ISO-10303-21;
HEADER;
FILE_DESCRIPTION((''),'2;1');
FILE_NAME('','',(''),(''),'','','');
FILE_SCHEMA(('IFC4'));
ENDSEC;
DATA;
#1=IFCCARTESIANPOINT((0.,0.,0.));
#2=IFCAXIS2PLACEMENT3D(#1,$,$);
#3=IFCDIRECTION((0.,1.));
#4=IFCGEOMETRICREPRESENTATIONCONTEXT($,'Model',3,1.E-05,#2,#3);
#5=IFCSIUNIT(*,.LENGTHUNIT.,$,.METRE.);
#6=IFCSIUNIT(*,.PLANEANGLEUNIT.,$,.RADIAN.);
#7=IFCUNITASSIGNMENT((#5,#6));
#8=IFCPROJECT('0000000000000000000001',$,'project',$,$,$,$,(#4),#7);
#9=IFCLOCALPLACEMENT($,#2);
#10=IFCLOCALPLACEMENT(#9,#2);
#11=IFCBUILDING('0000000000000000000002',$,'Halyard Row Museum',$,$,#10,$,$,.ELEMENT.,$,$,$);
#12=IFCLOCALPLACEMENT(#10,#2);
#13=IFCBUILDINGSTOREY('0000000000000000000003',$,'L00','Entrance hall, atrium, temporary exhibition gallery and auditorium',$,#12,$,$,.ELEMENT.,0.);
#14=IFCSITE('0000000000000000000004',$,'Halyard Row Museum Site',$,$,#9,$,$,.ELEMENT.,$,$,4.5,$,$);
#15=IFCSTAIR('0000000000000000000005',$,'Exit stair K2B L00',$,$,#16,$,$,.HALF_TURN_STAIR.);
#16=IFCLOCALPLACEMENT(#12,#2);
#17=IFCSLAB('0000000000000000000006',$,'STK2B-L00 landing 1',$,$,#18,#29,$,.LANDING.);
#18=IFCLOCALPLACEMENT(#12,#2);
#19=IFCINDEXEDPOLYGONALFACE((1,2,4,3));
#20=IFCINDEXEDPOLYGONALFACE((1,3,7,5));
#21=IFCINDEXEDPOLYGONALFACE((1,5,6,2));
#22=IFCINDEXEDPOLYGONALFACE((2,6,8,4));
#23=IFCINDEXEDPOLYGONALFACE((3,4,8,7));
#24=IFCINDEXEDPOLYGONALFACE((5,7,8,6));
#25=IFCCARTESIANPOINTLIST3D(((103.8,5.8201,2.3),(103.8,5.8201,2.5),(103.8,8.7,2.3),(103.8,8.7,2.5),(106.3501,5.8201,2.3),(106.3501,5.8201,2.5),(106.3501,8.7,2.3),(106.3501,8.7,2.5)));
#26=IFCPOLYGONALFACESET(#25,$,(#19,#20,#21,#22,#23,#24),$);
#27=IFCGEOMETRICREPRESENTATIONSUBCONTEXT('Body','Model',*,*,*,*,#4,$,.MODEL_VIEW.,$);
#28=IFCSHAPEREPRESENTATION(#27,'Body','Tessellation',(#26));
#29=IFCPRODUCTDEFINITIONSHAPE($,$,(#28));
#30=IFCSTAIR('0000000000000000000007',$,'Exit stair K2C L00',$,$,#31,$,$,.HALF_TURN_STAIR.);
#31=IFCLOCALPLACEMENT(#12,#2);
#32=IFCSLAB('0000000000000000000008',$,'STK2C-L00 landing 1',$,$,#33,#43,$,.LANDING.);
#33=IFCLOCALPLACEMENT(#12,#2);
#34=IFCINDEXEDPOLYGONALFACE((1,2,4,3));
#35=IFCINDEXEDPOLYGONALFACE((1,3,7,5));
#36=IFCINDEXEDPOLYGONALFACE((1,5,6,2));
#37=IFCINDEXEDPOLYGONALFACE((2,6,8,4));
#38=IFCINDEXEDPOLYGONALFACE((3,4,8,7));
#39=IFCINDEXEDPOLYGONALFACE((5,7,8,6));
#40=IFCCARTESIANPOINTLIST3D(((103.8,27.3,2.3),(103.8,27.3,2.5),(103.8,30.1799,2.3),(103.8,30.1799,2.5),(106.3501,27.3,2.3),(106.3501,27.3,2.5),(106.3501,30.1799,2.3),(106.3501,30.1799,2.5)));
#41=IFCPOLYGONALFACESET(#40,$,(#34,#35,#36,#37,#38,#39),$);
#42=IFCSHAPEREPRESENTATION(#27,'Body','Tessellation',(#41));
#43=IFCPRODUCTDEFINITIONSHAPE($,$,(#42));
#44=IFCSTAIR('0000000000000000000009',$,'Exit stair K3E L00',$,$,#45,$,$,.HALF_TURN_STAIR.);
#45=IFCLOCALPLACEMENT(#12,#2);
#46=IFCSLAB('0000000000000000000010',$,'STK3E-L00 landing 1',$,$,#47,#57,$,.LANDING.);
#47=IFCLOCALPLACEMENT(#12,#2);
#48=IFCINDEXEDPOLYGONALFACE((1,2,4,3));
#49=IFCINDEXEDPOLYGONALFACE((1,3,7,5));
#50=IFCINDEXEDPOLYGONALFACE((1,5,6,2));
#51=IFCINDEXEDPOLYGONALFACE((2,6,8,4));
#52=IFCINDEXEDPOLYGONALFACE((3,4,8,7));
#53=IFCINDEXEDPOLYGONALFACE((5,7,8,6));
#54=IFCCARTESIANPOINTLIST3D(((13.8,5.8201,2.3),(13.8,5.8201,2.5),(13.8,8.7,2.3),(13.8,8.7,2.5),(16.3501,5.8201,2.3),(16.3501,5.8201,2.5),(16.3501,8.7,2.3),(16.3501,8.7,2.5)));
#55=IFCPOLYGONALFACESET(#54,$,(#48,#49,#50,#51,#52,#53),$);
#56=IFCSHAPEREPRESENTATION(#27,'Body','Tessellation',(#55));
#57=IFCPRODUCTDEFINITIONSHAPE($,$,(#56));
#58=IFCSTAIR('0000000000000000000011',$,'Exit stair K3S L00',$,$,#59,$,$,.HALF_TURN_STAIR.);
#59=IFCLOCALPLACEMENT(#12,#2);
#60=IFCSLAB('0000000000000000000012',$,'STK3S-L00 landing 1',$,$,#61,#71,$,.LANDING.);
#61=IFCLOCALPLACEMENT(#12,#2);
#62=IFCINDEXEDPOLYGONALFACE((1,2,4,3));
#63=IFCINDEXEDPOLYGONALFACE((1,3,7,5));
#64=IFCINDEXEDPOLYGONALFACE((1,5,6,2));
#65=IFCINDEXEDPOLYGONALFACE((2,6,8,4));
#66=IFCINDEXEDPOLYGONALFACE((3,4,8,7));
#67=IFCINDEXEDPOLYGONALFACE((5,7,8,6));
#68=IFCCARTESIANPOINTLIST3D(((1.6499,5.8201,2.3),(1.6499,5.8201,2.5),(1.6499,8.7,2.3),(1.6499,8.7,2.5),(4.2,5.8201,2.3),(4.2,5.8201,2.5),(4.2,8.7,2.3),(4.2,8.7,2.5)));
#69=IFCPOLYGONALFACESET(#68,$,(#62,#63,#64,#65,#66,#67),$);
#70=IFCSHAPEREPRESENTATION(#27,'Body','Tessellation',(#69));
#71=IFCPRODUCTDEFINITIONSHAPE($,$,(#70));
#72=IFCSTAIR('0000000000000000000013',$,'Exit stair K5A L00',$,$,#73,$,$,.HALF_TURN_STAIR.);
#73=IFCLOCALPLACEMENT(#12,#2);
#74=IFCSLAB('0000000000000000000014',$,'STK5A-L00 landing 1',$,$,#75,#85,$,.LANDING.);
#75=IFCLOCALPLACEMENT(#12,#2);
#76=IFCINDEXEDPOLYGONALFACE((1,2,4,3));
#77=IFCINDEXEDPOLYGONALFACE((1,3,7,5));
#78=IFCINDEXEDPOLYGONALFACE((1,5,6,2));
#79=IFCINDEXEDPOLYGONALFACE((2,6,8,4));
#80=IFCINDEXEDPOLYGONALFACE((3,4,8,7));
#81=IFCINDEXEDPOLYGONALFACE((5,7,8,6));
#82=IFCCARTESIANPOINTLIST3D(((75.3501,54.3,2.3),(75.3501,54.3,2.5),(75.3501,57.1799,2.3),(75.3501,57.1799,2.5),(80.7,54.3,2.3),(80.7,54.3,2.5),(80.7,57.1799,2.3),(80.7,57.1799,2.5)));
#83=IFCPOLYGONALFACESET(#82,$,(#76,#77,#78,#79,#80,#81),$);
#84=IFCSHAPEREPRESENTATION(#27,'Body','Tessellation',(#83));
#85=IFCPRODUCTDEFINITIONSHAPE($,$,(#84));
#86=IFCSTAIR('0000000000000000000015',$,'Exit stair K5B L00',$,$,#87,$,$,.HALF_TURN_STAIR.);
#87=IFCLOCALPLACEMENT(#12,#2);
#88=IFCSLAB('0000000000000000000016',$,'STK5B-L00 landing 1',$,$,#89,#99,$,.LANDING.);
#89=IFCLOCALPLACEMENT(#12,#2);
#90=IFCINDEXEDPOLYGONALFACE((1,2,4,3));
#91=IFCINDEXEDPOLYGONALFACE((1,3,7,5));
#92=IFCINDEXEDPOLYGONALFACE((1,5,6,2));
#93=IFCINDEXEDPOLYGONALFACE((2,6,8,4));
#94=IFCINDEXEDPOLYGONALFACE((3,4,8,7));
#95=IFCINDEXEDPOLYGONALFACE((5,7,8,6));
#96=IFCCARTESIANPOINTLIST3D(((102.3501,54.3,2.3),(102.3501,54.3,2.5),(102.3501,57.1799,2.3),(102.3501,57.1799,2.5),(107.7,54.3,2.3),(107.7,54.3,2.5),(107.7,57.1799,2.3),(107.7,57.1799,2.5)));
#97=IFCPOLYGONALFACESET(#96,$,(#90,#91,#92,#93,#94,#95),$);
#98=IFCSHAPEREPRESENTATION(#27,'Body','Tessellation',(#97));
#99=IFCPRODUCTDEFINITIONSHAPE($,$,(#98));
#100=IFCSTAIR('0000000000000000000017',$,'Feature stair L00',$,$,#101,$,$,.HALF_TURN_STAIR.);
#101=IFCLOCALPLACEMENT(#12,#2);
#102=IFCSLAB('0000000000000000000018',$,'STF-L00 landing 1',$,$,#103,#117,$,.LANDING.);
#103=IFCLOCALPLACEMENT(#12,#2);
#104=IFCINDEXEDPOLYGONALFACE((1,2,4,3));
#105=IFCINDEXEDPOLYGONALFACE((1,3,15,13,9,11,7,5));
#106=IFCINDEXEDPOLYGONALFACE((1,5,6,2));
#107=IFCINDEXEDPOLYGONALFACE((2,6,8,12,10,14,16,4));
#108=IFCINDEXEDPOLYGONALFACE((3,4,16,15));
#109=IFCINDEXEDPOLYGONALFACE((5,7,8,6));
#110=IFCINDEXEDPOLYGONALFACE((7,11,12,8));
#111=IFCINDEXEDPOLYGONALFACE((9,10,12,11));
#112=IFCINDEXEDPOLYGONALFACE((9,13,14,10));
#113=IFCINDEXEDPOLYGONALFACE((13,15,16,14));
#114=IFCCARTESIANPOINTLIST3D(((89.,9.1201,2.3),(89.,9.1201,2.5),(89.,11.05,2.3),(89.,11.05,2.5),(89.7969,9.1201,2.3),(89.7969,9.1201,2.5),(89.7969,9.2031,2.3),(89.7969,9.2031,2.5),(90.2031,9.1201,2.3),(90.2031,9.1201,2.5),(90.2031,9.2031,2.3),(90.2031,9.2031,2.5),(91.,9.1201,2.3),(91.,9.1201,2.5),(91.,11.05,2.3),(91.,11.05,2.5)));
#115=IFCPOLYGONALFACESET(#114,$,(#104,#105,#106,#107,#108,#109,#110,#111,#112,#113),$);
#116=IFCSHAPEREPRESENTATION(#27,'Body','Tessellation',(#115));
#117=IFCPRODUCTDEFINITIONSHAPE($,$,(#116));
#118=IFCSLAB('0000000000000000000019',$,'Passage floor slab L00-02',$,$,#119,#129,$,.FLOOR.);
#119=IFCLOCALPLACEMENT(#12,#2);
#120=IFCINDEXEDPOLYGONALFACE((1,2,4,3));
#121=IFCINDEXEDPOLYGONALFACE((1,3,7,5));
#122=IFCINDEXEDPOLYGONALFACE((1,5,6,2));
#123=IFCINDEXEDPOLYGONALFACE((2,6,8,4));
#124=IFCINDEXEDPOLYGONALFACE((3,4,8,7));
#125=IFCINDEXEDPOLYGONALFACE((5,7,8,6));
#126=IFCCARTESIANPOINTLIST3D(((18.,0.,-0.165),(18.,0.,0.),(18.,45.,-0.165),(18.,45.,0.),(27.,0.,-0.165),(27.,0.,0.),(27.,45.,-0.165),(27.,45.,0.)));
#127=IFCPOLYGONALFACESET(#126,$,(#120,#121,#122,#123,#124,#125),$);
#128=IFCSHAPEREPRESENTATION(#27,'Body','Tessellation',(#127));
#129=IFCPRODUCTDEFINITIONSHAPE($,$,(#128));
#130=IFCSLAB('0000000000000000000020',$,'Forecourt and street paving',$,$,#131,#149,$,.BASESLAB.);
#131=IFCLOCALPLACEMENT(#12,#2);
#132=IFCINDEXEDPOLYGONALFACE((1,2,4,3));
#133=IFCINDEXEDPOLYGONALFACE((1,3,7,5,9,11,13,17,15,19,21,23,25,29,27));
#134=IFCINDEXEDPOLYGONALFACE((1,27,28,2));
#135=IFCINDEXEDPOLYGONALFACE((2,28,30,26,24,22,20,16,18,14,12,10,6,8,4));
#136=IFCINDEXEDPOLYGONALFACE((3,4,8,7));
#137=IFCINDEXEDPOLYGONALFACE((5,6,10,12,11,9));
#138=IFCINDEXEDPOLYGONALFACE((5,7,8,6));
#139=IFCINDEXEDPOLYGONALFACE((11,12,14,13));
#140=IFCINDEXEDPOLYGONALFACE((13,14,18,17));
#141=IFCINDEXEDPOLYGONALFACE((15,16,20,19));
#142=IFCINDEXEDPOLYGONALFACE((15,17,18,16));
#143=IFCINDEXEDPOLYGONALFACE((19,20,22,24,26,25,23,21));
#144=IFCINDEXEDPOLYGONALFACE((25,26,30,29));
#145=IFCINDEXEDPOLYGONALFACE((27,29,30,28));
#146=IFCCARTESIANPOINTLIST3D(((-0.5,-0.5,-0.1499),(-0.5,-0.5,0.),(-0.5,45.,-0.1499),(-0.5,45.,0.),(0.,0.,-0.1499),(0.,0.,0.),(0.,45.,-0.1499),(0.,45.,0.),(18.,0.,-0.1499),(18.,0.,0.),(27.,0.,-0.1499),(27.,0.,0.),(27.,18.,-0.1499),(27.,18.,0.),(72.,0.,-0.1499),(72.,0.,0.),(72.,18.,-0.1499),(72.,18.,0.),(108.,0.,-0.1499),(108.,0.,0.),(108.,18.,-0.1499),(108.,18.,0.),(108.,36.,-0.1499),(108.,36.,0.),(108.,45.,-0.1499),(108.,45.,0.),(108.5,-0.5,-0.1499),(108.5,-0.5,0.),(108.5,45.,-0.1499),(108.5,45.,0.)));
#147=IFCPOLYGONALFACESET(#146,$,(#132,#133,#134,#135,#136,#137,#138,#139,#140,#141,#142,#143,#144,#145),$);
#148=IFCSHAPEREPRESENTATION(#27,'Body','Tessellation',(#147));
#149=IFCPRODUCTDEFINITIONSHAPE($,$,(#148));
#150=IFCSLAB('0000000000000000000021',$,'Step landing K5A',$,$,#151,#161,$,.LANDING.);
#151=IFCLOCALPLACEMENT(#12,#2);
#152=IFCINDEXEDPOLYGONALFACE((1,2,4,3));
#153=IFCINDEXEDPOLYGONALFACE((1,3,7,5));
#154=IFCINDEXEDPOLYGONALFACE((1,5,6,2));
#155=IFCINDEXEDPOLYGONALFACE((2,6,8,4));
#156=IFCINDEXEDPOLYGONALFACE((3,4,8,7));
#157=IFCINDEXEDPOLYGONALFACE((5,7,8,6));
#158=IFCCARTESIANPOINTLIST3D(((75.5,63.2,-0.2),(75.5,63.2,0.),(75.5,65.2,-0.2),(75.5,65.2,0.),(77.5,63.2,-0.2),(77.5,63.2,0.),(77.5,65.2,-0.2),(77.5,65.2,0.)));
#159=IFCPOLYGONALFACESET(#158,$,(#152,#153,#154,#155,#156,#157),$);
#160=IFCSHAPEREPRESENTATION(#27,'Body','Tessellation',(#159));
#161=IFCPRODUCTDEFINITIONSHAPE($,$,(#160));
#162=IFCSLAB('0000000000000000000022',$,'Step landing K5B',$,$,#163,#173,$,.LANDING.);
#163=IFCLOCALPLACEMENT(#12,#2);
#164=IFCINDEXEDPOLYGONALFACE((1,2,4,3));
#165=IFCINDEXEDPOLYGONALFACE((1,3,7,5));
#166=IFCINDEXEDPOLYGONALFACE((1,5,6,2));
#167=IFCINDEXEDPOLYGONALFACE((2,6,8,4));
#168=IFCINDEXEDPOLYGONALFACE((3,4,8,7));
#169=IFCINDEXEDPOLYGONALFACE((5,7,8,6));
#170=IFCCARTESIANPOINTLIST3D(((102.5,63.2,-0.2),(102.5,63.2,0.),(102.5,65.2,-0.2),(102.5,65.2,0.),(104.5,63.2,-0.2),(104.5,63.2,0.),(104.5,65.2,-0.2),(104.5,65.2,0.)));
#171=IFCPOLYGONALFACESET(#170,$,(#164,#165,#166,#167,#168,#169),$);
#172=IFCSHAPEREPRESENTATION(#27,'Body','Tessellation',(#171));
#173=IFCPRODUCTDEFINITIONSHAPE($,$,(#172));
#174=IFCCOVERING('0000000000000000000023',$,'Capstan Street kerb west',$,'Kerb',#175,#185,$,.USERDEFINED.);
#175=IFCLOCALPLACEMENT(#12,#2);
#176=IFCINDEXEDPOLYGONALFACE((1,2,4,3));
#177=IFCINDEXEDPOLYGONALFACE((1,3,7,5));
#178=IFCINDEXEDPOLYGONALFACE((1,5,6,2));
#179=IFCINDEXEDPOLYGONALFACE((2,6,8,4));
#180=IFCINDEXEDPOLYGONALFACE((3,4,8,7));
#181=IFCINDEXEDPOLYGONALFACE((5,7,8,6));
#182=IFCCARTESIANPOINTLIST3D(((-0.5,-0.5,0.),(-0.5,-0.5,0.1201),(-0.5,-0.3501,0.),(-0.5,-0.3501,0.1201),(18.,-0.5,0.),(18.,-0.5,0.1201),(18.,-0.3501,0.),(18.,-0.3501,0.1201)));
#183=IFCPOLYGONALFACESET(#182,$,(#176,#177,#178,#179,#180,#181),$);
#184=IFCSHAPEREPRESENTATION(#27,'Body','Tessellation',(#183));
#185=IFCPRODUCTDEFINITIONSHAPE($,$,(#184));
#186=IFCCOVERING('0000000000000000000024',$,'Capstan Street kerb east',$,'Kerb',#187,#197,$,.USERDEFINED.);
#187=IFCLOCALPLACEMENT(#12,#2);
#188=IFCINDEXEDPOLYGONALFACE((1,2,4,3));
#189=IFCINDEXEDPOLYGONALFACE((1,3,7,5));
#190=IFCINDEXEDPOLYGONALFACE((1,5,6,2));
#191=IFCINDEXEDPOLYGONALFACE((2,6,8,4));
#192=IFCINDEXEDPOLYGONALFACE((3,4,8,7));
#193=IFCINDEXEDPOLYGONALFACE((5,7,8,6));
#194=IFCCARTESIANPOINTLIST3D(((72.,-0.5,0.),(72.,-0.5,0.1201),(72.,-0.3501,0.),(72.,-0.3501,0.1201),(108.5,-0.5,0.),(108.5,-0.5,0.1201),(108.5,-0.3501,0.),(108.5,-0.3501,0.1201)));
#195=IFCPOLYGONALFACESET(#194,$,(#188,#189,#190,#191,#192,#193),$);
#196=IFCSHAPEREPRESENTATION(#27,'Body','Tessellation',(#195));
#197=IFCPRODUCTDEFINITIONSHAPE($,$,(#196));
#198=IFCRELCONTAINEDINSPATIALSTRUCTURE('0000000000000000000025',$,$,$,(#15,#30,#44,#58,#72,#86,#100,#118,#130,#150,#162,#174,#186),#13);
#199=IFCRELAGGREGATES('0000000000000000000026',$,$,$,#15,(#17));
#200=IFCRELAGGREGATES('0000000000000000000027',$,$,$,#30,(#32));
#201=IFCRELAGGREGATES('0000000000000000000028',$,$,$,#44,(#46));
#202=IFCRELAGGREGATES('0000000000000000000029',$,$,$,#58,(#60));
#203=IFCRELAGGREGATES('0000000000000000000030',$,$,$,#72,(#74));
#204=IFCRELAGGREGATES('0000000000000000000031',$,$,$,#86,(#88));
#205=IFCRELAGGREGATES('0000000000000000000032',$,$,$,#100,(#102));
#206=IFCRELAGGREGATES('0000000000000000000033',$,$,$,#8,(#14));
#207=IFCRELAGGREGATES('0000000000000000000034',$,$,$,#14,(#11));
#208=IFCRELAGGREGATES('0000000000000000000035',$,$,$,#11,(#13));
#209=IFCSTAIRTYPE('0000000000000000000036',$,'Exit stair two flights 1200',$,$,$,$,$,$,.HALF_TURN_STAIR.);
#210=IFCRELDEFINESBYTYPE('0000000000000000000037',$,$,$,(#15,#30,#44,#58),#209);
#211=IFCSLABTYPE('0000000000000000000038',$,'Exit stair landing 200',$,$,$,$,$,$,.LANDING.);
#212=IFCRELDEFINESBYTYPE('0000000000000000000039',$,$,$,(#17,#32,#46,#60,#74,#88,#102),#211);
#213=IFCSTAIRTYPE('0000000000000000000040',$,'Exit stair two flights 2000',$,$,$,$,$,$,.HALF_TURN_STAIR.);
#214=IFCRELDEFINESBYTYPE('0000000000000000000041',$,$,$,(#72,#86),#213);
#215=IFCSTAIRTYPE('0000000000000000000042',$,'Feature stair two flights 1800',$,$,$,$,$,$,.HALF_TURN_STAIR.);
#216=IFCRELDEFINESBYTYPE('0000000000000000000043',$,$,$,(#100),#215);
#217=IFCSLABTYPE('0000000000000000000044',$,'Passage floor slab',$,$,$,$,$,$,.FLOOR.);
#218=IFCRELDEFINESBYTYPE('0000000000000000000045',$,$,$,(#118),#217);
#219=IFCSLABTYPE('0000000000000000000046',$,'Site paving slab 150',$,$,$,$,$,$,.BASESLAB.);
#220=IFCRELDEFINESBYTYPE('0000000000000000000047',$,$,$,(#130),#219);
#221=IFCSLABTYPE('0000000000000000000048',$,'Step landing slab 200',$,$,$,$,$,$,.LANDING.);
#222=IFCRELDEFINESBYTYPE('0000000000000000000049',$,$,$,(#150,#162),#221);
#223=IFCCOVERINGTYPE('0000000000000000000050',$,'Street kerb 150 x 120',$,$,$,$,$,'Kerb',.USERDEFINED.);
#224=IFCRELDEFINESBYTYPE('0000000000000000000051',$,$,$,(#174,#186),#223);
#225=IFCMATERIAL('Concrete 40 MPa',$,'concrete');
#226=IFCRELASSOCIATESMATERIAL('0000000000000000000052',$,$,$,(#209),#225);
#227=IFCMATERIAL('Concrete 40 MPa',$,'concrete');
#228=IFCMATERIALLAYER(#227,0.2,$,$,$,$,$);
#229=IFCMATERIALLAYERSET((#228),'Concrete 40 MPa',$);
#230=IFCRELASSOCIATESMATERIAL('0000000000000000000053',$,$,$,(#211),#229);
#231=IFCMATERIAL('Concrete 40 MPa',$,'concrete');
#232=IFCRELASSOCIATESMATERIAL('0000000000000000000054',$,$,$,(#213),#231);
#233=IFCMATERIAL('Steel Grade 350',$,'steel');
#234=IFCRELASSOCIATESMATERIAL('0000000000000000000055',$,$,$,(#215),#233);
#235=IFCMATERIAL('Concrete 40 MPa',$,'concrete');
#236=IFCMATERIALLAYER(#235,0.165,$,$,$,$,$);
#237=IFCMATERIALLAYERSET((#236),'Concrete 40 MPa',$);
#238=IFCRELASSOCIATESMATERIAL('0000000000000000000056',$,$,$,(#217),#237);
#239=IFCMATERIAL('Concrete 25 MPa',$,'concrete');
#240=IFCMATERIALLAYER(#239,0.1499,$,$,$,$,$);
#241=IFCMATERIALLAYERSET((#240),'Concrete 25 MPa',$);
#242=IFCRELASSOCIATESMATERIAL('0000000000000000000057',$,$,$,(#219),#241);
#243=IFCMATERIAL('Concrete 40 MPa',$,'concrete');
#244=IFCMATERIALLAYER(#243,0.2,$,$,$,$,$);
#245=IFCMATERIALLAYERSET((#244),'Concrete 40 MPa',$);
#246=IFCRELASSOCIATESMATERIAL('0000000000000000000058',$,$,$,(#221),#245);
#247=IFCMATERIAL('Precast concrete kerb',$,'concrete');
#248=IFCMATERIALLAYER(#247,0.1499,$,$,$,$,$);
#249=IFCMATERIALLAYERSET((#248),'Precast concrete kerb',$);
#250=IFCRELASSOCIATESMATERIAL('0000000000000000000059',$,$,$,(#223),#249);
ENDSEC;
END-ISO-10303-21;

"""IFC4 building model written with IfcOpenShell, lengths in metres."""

from ifc_helpers import new_model, si_unit, direction, frame, origin, place, context, subcontext, project, spatial, polyline, outline, extrude, material, layer, layer_set, type_object, element, aggregate, save


model = new_model("IFC4")

# Units and contexts
model_context = context("Model", 3, precision=1e-05, world=origin(), true_north=direction((0.0, 1.0)))
body_context = subcontext(model_context, "Body", "Model", "MODEL_VIEW")
ifc_project = project(units=[si_unit("LENGTHUNIT", "METRE"), si_unit("PLANEANGLEUNIT", "RADIAN")], contexts=[model_context])

# Site, building, storey
site_placement = place(None, origin())
site = spatial("IfcSite", under=ifc_project, at=site_placement, Name="Halyard Row Museum Site", CompositionType="ELEMENT", RefElevation=4.5)
building_placement = place(site_placement, origin())
building = spatial("IfcBuilding", under=site, at=building_placement, Name="Halyard Row Museum", CompositionType="ELEMENT")
storey_placement = place(building_placement, origin())
storey = spatial("IfcBuildingStorey", under=building, at=storey_placement, Name="L00", Description="Entrance hall, atrium, temporary exhibition gallery and auditorium", CompositionType="ELEMENT", Elevation=0.0)

# Stairs, slabs
ifc_material_1 = material(Name="Concrete 40 MPa", Category="concrete")
stair_type_1 = type_object("IfcStairType", Name="Exit stair two flights 1200", PredefinedType="HALF_TURN_STAIR", material=ifc_material_1)
ifc_material_2 = material(Name="Concrete 40 MPa", Category="concrete")
ifc_layer_1 = layer(ifc_material_2, 0.2)
ifc_layer_set_1 = layer_set([ifc_layer_1], Name="Concrete 40 MPa")
slab_type_1 = type_object("IfcSlabType", Name="Exit stair landing 200", PredefinedType="LANDING", material=ifc_layer_set_1)
stair_1_placement = place(storey_placement, origin())
stair_1 = element("IfcStair", 1, at=stair_1_placement, inside=storey, type_object=stair_type_1, Name="Exit stair K2B L00", PredefinedType="HALF_TURN_STAIR")
slab_1_placement = place(storey_placement, frame((0.0, 0.0, 2.3)))
slab_1 = element("IfcSlab", 2, at=slab_1_placement, type_object=slab_type_1, Name="STK2B-L00 landing 1", PredefinedType="LANDING", context=body_context, shape_type="SweptSolid", body=[
    extrude(outline(polyline([(106.3501, 5.8201), (103.8, 5.8201), (103.8, 8.7), (106.3501, 8.7), (106.3501, 5.8201)])), origin(), (0.0, 0.0, 1.0), 0.2),
])
aggregate(stair_1, [slab_1])
stair_2_placement = place(storey_placement, origin())
stair_2 = element("IfcStair", 3, at=stair_2_placement, inside=storey, type_object=stair_type_1, Name="Exit stair K2C L00", PredefinedType="HALF_TURN_STAIR")
slab_2_placement = place(storey_placement, frame((0.0, 0.0, 2.3)))
slab_2 = element("IfcSlab", 4, at=slab_2_placement, type_object=slab_type_1, Name="STK2C-L00 landing 1", PredefinedType="LANDING", context=body_context, shape_type="SweptSolid", body=[
    extrude(outline(polyline([(106.3501, 30.1799), (103.8, 30.1799), (103.8, 27.3), (106.3501, 27.3), (106.3501, 30.1799)])), origin(), (0.0, 0.0, 1.0), 0.2),
])
aggregate(stair_2, [slab_2])
stair_3_placement = place(storey_placement, origin())
stair_3 = element("IfcStair", 5, at=stair_3_placement, inside=storey, type_object=stair_type_1, Name="Exit stair K3E L00", PredefinedType="HALF_TURN_STAIR")
slab_3_placement = place(storey_placement, frame((0.0, 0.0, 2.3)))
slab_3 = element("IfcSlab", 6, at=slab_3_placement, type_object=slab_type_1, Name="STK3E-L00 landing 1", PredefinedType="LANDING", context=body_context, shape_type="SweptSolid", body=[
    extrude(outline(polyline([(16.3501, 5.8201), (13.8, 5.8201), (13.8, 8.7), (16.3501, 8.7), (16.3501, 5.8201)])), origin(), (0.0, 0.0, 1.0), 0.2),
])
aggregate(stair_3, [slab_3])
stair_4_placement = place(storey_placement, origin())
stair_4 = element("IfcStair", 7, at=stair_4_placement, inside=storey, type_object=stair_type_1, Name="Exit stair K3S L00", PredefinedType="HALF_TURN_STAIR")
slab_4_placement = place(storey_placement, frame((0.0, 0.0, 2.3)))
slab_4 = element("IfcSlab", 8, at=slab_4_placement, type_object=slab_type_1, Name="STK3S-L00 landing 1", PredefinedType="LANDING", context=body_context, shape_type="SweptSolid", body=[
    extrude(outline(polyline([(1.6499, 5.8201), (4.2, 5.8201), (4.2, 8.7), (1.6499, 8.7), (1.6499, 5.8201)])), origin(), (0.0, 0.0, 1.0), 0.2),
])
aggregate(stair_4, [slab_4])
ifc_material_3 = material(Name="Concrete 40 MPa", Category="concrete")
stair_type_2 = type_object("IfcStairType", Name="Exit stair two flights 2000", PredefinedType="HALF_TURN_STAIR", material=ifc_material_3)
stair_5_placement = place(storey_placement, origin())
stair_5 = element("IfcStair", 9, at=stair_5_placement, inside=storey, type_object=stair_type_2, Name="Exit stair K5A L00", PredefinedType="HALF_TURN_STAIR")
slab_5_placement = place(storey_placement, frame((0.0, 0.0, 2.3)))
slab_5 = element("IfcSlab", 10, at=slab_5_placement, type_object=slab_type_1, Name="STK5A-L00 landing 1", PredefinedType="LANDING", context=body_context, shape_type="SweptSolid", body=[
    extrude(outline(polyline([(80.7, 57.1799), (75.3501, 57.1799), (75.3501, 54.3), (80.7, 54.3), (80.7, 57.1799)])), origin(), (0.0, 0.0, 1.0), 0.2),
])
aggregate(stair_5, [slab_5])
stair_6_placement = place(storey_placement, origin())
stair_6 = element("IfcStair", 11, at=stair_6_placement, inside=storey, type_object=stair_type_2, Name="Exit stair K5B L00", PredefinedType="HALF_TURN_STAIR")
slab_6_placement = place(storey_placement, frame((0.0, 0.0, 2.3)))
slab_6 = element("IfcSlab", 12, at=slab_6_placement, type_object=slab_type_1, Name="STK5B-L00 landing 1", PredefinedType="LANDING", context=body_context, shape_type="SweptSolid", body=[
    extrude(outline(polyline([(107.7, 57.1799), (102.3501, 57.1799), (102.3501, 54.3), (107.7, 54.3), (107.7, 57.1799)])), origin(), (0.0, 0.0, 1.0), 0.2),
])
aggregate(stair_6, [slab_6])
ifc_material_4 = material(Name="Steel Grade 350", Category="steel")
stair_type_3 = type_object("IfcStairType", Name="Feature stair two flights 1800", PredefinedType="HALF_TURN_STAIR", material=ifc_material_4)
stair_7_placement = place(storey_placement, origin())
stair_7 = element("IfcStair", 13, at=stair_7_placement, inside=storey, type_object=stair_type_3, Name="Feature stair L00", PredefinedType="HALF_TURN_STAIR")
slab_7_placement = place(storey_placement, frame((0.0, 0.0, 2.3)))
slab_7 = element("IfcSlab", 14, at=slab_7_placement, type_object=slab_type_1, Name="STF-L00 landing 1", PredefinedType="LANDING", context=body_context, shape_type="SweptSolid", body=[
    extrude(outline(polyline([(89.0, 9.1201), (89.7969, 9.1201), (89.7969, 9.2031), (90.2031, 9.2031), (90.2031, 9.1201), (91.0, 9.1201), (91.0, 11.05), (89.0, 11.05), (89.0, 9.1201)])), origin(), (0.0, 0.0, 1.0), 0.2),
])
aggregate(stair_7, [slab_7])

# Slabs
ifc_material_5 = material(Name="Concrete 40 MPa", Category="concrete")
ifc_layer_2 = layer(ifc_material_5, 0.165)
ifc_layer_set_2 = layer_set([ifc_layer_2], Name="Concrete 40 MPa")
slab_type_2 = type_object("IfcSlabType", Name="Passage floor slab", PredefinedType="FLOOR", material=ifc_layer_set_2)
slab_8_placement = place(storey_placement, frame((0.0, 0.0, -0.165)))
element("IfcSlab", 15, at=slab_8_placement, inside=storey, type_object=slab_type_2, Name="Passage floor slab L00-02", PredefinedType="FLOOR", context=body_context, shape_type="SweptSolid", body=[
    extrude(outline(polyline([(18.0, 0.0), (27.0, 0.0), (27.0, 45.0), (18.0, 45.0), (18.0, 0.0)])), origin(), (0.0, 0.0, 1.0), 0.165),
])
ifc_material_6 = material(Name="Concrete 25 MPa", Category="concrete")
ifc_layer_3 = layer(ifc_material_6, 0.1499)
ifc_layer_set_3 = layer_set([ifc_layer_3], Name="Concrete 25 MPa")
slab_type_3 = type_object("IfcSlabType", Name="Site paving slab 150", PredefinedType="BASESLAB", material=ifc_layer_set_3)
slab_9_placement = place(storey_placement, frame((0.0, 0.0, -0.1499)))
element("IfcSlab", 16, at=slab_9_placement, inside=storey, type_object=slab_type_3, Name="Forecourt and street paving", PredefinedType="BASESLAB", context=body_context, shape_type="SweptSolid", body=[
    extrude(outline(polyline([(108.5, 45.0), (108.5, -0.5), (-0.5, -0.5), (-0.5, 45.0), (0.0, 45.0), (0.0, 0.0), (18.0, 0.0), (27.0, 0.0), (27.0, 18.0), (72.0, 18.0), (72.0, 0.0), (108.0, 0.0), (108.0, 18.0), (108.0, 36.0), (108.0, 45.0), (108.5, 45.0)])), origin(), (0.0, 0.0, 1.0), 0.1499),
])
ifc_material_7 = material(Name="Concrete 40 MPa", Category="concrete")
ifc_layer_4 = layer(ifc_material_7, 0.2)
ifc_layer_set_4 = layer_set([ifc_layer_4], Name="Concrete 40 MPa")
slab_type_4 = type_object("IfcSlabType", Name="Step landing slab 200", PredefinedType="LANDING", material=ifc_layer_set_4)
slab_10_placement = place(storey_placement, frame((0.0, 0.0, -0.2)))
element("IfcSlab", 17, at=slab_10_placement, inside=storey, type_object=slab_type_4, Name="Step landing K5A", PredefinedType="LANDING", context=body_context, shape_type="SweptSolid", body=[
    extrude(outline(polyline([(75.5, 63.2), (77.5, 63.2), (77.5, 65.2), (75.5, 65.2), (75.5, 63.2)])), origin(), (0.0, 0.0, 1.0), 0.2),
])
slab_11_placement = place(storey_placement, frame((0.0, 0.0, -0.2)))
element("IfcSlab", 18, at=slab_11_placement, inside=storey, type_object=slab_type_4, Name="Step landing K5B", PredefinedType="LANDING", context=body_context, shape_type="SweptSolid", body=[
    extrude(outline(polyline([(102.5, 63.2), (104.5, 63.2), (104.5, 65.2), (102.5, 65.2), (102.5, 63.2)])), origin(), (0.0, 0.0, 1.0), 0.2),
])

# Coverings
ifc_material_8 = material(Name="Precast concrete kerb", Category="concrete")
ifc_layer_5 = layer(ifc_material_8, 0.1499)
ifc_layer_set_5 = layer_set([ifc_layer_5], Name="Precast concrete kerb")
covering_type = type_object("IfcCoveringType", Name="Street kerb 150 x 120", ElementType="Kerb", PredefinedType="USERDEFINED", material=ifc_layer_set_5)
covering_1_placement = place(storey_placement, origin())
element("IfcCovering", 19, at=covering_1_placement, inside=storey, type_object=covering_type, Name="Capstan Street kerb west", ObjectType="Kerb", PredefinedType="USERDEFINED", context=body_context, shape_type="SweptSolid", body=[
    extrude(outline(polyline([(-0.5, -0.5), (18.0, -0.5), (18.0, -0.3501), (-0.5, -0.3501), (-0.5, -0.5)])), origin(), (0.0, 0.0, 1.0), 0.1201),
])
covering_2_placement = place(storey_placement, origin())
element("IfcCovering", 20, at=covering_2_placement, inside=storey, type_object=covering_type, Name="Capstan Street kerb east", ObjectType="Kerb", PredefinedType="USERDEFINED", context=body_context, shape_type="SweptSolid", body=[
    extrude(outline(polyline([(72.0, -0.5), (108.5, -0.5), (108.5, -0.3501), (72.0, -0.3501), (72.0, -0.5)])), origin(), (0.0, 0.0, 1.0), 0.1201),
])

save(model, "model.ifc")
